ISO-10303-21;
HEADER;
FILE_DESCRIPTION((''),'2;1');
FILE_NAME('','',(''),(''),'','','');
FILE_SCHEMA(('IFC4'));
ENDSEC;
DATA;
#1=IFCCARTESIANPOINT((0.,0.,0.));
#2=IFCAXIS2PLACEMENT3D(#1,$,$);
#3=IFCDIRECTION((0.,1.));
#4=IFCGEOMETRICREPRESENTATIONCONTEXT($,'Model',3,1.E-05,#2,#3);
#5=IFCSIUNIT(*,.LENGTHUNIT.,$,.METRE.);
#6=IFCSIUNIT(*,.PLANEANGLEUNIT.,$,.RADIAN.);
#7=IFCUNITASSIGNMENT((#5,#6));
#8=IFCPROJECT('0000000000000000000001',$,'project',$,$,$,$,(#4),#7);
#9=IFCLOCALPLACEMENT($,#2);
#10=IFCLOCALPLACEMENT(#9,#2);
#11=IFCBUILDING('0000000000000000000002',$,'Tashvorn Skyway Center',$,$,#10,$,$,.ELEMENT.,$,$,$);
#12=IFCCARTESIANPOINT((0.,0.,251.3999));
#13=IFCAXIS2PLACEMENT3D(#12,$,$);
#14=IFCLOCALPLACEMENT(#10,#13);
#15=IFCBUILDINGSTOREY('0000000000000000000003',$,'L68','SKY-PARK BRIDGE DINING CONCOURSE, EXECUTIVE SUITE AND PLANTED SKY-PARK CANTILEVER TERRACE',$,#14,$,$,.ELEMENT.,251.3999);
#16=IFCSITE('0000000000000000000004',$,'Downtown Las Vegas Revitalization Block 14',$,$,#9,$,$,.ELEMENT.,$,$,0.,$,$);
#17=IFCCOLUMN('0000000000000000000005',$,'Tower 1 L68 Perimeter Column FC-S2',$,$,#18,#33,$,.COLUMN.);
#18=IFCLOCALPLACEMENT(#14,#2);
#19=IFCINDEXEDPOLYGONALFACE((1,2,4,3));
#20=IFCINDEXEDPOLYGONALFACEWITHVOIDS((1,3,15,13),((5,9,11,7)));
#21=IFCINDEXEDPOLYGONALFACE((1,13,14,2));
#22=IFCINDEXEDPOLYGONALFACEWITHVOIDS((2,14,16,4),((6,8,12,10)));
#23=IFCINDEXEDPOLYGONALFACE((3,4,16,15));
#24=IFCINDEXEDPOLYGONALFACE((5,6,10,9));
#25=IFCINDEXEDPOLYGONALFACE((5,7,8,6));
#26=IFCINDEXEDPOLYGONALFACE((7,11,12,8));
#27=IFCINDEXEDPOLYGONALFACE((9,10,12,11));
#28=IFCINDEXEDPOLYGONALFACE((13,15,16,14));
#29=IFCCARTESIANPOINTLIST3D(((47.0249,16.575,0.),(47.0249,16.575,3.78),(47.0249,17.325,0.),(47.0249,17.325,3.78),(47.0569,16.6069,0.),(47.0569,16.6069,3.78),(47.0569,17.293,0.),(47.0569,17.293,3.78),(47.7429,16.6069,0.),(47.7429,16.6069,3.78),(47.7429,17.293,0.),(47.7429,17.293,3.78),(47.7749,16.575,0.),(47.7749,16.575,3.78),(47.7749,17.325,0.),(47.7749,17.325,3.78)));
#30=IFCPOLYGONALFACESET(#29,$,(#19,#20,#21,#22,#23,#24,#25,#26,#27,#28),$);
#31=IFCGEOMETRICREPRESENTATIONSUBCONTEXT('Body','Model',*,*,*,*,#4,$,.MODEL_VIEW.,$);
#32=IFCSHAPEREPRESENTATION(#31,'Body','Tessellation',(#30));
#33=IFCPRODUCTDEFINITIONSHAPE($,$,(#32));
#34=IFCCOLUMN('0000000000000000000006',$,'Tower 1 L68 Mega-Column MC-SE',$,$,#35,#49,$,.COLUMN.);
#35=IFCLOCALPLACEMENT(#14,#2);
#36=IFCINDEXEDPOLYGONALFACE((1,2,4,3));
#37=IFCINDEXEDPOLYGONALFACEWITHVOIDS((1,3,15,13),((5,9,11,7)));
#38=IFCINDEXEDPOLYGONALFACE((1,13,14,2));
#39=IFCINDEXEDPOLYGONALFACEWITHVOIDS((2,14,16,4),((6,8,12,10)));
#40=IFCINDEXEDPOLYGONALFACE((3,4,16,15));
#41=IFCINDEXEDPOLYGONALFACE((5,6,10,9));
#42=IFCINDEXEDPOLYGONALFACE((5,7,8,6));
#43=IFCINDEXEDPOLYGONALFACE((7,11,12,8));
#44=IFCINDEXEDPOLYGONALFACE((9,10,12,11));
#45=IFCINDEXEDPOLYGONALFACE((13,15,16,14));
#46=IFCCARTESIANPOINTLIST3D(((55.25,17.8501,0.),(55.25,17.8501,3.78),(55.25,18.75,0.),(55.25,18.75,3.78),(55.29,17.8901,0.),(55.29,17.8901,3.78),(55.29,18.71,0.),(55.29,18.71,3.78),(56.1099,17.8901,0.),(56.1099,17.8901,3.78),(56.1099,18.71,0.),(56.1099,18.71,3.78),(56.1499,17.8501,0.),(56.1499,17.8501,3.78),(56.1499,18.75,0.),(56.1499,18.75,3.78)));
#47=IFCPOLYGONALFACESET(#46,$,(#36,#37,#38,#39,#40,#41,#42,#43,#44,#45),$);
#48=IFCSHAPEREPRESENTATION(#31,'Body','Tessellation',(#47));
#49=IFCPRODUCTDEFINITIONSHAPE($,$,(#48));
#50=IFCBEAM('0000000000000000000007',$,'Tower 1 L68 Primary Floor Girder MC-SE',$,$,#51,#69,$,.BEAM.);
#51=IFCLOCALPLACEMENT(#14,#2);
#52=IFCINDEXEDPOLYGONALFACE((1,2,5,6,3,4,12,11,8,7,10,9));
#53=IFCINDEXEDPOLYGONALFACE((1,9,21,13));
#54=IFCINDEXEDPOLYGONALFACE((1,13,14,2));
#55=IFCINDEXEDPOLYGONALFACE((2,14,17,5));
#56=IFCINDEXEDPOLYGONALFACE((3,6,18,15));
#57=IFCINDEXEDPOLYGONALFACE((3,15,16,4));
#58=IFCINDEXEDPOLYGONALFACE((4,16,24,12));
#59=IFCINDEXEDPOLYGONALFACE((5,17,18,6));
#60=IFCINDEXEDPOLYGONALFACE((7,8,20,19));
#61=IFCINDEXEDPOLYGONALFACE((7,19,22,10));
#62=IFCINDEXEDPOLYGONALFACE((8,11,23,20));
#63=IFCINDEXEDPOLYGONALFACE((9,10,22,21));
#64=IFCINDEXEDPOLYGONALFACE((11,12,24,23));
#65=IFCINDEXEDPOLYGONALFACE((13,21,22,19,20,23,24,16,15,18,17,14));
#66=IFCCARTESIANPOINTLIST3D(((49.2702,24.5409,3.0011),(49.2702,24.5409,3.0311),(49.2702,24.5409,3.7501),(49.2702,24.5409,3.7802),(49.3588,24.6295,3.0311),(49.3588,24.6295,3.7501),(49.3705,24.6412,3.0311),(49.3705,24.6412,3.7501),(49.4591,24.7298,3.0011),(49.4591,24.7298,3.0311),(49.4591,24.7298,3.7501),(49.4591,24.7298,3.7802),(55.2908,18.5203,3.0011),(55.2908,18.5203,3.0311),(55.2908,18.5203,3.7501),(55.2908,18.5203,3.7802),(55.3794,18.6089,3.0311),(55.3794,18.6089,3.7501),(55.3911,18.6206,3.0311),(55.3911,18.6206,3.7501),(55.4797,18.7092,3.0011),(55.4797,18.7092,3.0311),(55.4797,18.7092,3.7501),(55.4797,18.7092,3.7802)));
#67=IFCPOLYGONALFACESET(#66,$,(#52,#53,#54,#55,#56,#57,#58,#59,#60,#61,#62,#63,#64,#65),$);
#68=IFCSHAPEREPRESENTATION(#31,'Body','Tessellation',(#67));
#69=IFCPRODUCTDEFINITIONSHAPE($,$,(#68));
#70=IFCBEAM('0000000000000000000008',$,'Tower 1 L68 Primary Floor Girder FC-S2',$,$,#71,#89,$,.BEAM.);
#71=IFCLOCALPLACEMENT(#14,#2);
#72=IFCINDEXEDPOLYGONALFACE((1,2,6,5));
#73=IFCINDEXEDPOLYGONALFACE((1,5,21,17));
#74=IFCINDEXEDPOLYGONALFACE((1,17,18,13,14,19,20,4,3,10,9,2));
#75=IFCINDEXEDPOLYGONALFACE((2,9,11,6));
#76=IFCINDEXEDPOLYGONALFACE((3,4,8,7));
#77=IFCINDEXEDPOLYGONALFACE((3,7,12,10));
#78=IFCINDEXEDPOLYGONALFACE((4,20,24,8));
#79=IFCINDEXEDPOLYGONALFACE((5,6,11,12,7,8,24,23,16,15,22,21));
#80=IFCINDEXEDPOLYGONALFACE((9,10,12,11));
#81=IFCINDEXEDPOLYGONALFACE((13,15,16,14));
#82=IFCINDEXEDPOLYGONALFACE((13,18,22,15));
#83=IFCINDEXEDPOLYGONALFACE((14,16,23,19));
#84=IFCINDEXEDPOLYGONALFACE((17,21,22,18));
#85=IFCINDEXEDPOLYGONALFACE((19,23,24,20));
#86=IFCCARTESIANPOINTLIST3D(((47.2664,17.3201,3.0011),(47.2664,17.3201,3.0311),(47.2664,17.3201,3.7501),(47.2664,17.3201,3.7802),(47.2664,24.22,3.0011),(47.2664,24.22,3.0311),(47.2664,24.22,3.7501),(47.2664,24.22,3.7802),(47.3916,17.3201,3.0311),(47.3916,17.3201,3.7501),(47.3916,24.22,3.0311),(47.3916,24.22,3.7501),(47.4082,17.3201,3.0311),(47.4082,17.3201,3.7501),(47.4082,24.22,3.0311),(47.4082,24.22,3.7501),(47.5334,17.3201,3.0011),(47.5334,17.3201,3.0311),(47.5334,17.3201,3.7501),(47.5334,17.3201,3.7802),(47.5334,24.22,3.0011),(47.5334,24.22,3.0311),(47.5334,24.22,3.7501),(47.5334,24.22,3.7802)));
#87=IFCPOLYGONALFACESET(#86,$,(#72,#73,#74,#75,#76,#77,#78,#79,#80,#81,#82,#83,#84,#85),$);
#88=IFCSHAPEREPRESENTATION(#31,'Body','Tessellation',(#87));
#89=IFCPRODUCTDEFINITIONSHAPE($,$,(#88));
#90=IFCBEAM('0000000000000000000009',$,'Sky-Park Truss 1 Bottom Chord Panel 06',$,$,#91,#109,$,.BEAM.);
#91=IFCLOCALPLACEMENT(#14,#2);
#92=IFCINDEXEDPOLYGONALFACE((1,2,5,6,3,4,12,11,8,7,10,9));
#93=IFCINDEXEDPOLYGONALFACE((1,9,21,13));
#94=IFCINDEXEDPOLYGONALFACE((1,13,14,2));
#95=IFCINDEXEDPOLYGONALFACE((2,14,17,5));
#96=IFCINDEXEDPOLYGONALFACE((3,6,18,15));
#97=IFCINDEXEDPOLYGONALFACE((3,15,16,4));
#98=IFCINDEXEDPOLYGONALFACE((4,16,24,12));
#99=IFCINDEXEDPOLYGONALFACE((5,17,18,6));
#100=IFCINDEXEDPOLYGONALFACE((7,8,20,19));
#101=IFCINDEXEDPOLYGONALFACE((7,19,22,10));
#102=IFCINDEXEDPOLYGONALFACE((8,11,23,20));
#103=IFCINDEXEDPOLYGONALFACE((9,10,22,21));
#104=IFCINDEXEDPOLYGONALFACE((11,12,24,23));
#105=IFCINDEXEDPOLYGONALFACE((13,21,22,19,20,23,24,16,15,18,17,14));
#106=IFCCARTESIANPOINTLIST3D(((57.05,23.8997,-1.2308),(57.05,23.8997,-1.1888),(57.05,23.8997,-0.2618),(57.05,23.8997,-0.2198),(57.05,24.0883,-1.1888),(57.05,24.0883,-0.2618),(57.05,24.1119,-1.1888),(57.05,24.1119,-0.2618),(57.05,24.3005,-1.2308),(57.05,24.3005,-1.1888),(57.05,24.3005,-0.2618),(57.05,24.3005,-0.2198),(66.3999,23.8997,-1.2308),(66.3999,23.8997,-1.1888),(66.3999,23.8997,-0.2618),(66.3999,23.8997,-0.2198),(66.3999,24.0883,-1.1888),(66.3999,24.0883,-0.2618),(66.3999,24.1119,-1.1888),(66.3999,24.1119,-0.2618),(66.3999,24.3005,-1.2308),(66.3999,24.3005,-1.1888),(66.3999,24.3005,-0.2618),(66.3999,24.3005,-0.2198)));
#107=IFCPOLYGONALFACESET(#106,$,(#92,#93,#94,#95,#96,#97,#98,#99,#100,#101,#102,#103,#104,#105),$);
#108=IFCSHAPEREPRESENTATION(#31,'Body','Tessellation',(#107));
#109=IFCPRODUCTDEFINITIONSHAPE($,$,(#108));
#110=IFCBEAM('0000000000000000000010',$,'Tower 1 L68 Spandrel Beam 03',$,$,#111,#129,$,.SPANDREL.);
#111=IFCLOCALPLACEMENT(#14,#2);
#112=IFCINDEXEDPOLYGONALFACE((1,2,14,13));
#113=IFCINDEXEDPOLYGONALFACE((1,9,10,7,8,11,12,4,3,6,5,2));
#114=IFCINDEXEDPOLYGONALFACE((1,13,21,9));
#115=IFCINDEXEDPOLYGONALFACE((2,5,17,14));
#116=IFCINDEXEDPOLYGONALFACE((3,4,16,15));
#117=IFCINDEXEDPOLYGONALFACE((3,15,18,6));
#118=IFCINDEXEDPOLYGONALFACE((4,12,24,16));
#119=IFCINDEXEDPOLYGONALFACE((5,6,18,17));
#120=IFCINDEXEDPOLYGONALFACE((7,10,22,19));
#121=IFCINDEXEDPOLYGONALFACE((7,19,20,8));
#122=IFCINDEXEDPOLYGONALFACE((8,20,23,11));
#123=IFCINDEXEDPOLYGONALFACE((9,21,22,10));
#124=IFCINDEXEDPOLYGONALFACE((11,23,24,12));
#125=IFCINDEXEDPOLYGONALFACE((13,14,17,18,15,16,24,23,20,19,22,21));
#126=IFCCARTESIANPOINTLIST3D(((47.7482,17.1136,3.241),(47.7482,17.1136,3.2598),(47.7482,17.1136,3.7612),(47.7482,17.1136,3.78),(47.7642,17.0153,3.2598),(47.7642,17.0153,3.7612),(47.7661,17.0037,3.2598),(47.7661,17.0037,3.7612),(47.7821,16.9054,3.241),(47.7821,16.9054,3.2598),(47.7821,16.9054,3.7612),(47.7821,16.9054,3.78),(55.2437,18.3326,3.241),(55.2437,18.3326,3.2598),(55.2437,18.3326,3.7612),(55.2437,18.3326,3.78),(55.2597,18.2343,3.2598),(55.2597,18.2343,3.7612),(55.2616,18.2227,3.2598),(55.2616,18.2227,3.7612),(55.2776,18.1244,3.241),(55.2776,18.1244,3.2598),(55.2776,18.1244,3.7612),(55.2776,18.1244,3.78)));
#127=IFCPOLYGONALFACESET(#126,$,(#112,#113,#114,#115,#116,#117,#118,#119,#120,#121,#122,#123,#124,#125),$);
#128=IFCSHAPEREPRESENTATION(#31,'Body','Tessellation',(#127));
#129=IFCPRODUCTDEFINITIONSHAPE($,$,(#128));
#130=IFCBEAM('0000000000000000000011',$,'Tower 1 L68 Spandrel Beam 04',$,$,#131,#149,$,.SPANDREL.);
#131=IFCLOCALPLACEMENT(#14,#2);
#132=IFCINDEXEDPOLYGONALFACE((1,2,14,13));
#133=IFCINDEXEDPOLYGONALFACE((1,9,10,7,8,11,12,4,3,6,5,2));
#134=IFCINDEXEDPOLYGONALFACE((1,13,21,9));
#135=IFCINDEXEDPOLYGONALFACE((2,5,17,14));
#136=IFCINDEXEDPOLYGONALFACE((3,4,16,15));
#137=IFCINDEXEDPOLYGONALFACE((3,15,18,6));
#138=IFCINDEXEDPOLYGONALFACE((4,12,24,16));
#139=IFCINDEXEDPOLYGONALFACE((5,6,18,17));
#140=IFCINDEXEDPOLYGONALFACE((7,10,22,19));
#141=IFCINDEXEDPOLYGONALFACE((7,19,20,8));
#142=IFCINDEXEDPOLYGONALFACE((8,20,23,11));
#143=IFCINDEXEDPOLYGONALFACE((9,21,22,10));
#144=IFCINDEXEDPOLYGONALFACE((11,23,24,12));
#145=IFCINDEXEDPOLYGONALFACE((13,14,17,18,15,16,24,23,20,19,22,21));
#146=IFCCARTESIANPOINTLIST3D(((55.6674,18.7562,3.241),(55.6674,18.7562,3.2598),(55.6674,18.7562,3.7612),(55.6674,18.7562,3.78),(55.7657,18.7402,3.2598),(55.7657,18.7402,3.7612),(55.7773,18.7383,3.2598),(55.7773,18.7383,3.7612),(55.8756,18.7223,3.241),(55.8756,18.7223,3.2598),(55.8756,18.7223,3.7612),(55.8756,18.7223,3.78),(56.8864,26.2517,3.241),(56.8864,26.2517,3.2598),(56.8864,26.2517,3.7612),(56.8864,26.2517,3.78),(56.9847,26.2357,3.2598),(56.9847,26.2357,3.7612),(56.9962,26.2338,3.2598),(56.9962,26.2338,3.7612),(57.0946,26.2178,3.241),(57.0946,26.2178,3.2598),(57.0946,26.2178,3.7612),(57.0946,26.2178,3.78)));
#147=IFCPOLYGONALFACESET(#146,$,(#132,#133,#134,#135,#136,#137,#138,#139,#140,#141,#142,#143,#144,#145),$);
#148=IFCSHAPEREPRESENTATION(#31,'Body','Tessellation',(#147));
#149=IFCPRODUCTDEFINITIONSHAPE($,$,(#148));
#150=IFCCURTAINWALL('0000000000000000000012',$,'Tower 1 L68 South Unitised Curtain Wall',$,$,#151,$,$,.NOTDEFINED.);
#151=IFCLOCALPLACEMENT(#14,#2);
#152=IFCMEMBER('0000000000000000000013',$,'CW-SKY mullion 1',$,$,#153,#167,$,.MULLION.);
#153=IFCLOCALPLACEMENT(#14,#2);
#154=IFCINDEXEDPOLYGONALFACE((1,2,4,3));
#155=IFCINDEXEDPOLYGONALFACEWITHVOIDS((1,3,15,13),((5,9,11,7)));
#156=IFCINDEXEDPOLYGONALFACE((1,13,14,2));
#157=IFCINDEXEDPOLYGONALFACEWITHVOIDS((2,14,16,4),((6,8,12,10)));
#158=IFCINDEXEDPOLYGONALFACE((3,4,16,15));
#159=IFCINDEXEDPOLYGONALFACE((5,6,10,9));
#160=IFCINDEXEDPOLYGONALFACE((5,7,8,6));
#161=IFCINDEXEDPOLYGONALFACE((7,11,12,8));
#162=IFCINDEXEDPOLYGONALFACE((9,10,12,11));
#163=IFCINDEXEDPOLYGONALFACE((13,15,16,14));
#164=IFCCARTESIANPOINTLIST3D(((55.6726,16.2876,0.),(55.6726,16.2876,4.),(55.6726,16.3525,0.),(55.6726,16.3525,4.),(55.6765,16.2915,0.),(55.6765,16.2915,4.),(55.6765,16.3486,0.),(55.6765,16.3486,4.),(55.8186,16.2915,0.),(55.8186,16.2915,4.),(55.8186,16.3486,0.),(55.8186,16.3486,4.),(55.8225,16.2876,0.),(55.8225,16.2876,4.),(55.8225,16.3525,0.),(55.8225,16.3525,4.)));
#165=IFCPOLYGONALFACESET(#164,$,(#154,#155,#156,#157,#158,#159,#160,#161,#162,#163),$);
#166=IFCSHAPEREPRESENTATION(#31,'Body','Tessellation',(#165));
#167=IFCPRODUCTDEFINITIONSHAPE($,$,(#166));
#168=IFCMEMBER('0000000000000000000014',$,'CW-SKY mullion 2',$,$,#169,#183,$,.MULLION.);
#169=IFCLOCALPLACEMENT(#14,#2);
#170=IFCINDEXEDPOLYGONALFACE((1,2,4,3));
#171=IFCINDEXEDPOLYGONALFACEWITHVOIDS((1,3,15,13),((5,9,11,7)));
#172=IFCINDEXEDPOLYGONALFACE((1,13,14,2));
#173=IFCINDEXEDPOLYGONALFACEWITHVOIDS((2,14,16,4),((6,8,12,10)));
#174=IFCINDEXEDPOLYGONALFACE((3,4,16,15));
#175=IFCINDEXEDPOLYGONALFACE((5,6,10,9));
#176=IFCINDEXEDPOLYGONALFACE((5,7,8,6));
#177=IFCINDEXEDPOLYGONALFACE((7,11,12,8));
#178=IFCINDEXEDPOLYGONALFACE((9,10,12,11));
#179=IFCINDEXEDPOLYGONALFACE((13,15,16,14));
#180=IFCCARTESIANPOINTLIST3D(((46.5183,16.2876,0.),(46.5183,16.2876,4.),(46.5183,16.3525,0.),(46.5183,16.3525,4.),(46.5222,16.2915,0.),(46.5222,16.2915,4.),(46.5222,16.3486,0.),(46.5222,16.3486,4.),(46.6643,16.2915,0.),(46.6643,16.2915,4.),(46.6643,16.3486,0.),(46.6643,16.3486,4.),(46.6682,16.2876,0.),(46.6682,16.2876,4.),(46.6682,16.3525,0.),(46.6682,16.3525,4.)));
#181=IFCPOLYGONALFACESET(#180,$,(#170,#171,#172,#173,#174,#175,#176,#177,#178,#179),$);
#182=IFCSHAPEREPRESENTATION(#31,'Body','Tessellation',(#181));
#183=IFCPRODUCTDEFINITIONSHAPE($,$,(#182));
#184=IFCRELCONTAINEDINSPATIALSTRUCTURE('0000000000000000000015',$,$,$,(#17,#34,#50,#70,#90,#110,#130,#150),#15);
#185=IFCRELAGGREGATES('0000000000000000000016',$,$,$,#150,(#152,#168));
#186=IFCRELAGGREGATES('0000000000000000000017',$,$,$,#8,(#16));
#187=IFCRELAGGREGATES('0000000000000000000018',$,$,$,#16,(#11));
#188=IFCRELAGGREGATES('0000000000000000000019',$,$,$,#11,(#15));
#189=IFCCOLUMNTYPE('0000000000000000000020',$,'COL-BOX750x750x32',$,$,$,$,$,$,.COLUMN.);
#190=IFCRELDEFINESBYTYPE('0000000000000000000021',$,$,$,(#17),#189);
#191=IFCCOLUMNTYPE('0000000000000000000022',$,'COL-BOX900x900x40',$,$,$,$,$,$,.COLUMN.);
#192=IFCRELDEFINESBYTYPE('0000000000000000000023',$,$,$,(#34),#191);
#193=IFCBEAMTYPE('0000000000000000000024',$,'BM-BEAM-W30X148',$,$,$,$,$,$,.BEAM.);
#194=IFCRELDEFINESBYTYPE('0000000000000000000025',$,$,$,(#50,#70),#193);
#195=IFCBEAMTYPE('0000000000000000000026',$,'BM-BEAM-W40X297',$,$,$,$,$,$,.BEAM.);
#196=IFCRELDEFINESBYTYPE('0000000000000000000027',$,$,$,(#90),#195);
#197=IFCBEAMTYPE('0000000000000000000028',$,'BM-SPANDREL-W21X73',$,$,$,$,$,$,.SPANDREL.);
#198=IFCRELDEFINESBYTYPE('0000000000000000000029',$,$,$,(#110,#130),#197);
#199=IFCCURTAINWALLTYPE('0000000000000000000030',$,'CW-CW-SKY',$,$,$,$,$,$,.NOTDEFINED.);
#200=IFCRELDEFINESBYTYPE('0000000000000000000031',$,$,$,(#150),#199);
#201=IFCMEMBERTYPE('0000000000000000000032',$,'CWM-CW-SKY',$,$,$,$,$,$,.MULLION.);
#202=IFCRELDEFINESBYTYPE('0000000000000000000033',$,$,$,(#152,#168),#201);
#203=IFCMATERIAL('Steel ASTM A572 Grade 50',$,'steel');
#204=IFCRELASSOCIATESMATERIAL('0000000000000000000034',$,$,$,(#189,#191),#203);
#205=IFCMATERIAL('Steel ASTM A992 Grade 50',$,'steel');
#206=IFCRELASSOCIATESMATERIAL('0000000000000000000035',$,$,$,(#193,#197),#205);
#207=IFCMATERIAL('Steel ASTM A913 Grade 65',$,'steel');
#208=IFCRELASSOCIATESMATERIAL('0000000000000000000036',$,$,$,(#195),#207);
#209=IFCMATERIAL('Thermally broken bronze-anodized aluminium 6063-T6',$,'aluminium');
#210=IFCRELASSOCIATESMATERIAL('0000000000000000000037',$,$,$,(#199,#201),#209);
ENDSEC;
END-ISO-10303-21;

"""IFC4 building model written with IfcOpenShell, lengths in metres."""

from ifc_helpers import new_model, si_unit, direction, frame, origin, origin_2d, place, context, subcontext, project, spatial, hollow_rectangle, i_section, extrude, material, material_profile, profile_set, type_object, element, aggregate, save


model = new_model("IFC4")

# Units and contexts
model_context = context("Model", 3, precision=1e-05, world=origin(), true_north=direction((0.0, 1.0)))
body_context = subcontext(model_context, "Body", "Model", "MODEL_VIEW")
ifc_project = project(units=[si_unit("LENGTHUNIT", "METRE"), si_unit("PLANEANGLEUNIT", "RADIAN")], contexts=[model_context])

# Site, building, storey
site_placement = place(None, origin())
site = spatial("IfcSite", under=ifc_project, at=site_placement, Name="Downtown Las Vegas Revitalization Block 14", CompositionType="ELEMENT", RefElevation=0.0)
building_placement = place(site_placement, origin())
building = spatial("IfcBuilding", under=site, at=building_placement, Name="Tashvorn Skyway Center", CompositionType="ELEMENT")
storey_placement = place(building_placement, frame((0.0, 0.0, 251.3999)))
storey = spatial("IfcBuildingStorey", under=building, at=storey_placement, Name="L68", Description="SKY-PARK BRIDGE DINING CONCOURSE, EXECUTIVE SUITE AND PLANTED SKY-PARK CANTILEVER TERRACE", CompositionType="ELEMENT", Elevation=251.3999)

# Columns
ifc_material_1 = material(Name="Steel ASTM A572 Grade 50", Category="steel")
ifc_material_profile_1 = material_profile(ifc_material_1, hollow_rectangle(XDim=0.75, YDim=0.75, WallThickness=0.032, at=origin_2d()), Name="BOX750x750x32")
ifc_profile_set_1 = profile_set([ifc_material_profile_1], Name="Steel ASTM A572 Grade 50")
column_type_1 = type_object("IfcColumnType", Name="COL-BOX750x750x32", PredefinedType="COLUMN", material=ifc_profile_set_1)
column_1_placement = place(storey_placement, frame((47.3999, 16.95, 0.0), z_axis=(0.0, 0.0, 1.0), x_axis=(1.0, 0.0, 0.0)))
element("IfcColumn", 1, at=column_1_placement, inside=storey, type_object=column_type_1, Name="Tower 1 L68 Perimeter Column FC-S2", PredefinedType="COLUMN", context=body_context, shape_type="SweptSolid", body=[
    extrude(hollow_rectangle(XDim=0.75, YDim=0.75, WallThickness=0.032, at=origin_2d()), origin(), (0.0, 0.0, 1.0), 3.78),
])
ifc_material_profile_2 = material_profile(ifc_material_1, hollow_rectangle(XDim=0.8999, YDim=0.8999, WallThickness=0.04, at=origin_2d()), Name="BOX900x900x40")
ifc_profile_set_2 = profile_set([ifc_material_profile_2], Name="Steel ASTM A572 Grade 50")
column_type_2 = type_object("IfcColumnType", Name="COL-BOX900x900x40", PredefinedType="COLUMN", material=ifc_profile_set_2)
column_2_placement = place(storey_placement, frame((55.7, 18.3, 0.0), z_axis=(0.0, 0.0, 1.0), x_axis=(1.0, 0.0, 0.0)))
element("IfcColumn", 2, at=column_2_placement, inside=storey, type_object=column_type_2, Name="Tower 1 L68 Mega-Column MC-SE", PredefinedType="COLUMN", context=body_context, shape_type="SweptSolid", body=[
    extrude(hollow_rectangle(XDim=0.8999, YDim=0.8999, WallThickness=0.04, at=origin_2d()), origin(), (0.0, 0.0, 1.0), 3.78),
])

# Beams
ifc_material_2 = material(Name="Steel ASTM A992 Grade 50", Category="steel")
ifc_material_profile_3 = material_profile(ifc_material_2, i_section(OverallWidth=0.2671, OverallDepth=0.7791, WebThickness=0.0166, FlangeThickness=0.03, at=origin_2d()), Name="W30X148")
ifc_profile_set_3 = profile_set([ifc_material_profile_3], Name="Steel ASTM A992 Grade 50")
beam_type_1 = type_object("IfcBeamType", Name="BM-BEAM-W30X148", PredefinedType="BEAM", material=ifc_profile_set_3)
beam_1_placement = place(storey_placement, frame((55.3853, 18.6147, 3.3906), z_axis=(-0.707107, 0.707107, 0.0), x_axis=(-0.707107, -0.707107, 0.0)))
element("IfcBeam", 3, at=beam_1_placement, inside=storey, type_object=beam_type_1, Name="Tower 1 L68 Primary Floor Girder MC-SE", PredefinedType="BEAM", context=body_context, shape_type="SweptSolid", body=[
    extrude(i_section(OverallWidth=0.2671, OverallDepth=0.7791, WebThickness=0.0166, FlangeThickness=0.03, at=origin_2d()), origin(), (0.0, 0.0, 1.0), 8.5144),
])
beam_2_placement = place(storey_placement, frame((47.3999, 17.3201, 3.3906), z_axis=(0.0, 1.0, 0.0), x_axis=(-1.0, 0.0, 0.0)))
element("IfcBeam", 4, at=beam_2_placement, inside=storey, type_object=beam_type_1, Name="Tower 1 L68 Primary Floor Girder FC-S2", PredefinedType="BEAM", context=body_context, shape_type="SweptSolid", body=[
    extrude(i_section(OverallWidth=0.2671, OverallDepth=0.7791, WebThickness=0.0166, FlangeThickness=0.03, at=origin_2d()), origin(), (0.0, 0.0, 1.0), 6.8999),
])
ifc_material_3 = material(Name="Steel ASTM A913 Grade 65", Category="steel")
ifc_material_profile_4 = material_profile(ifc_material_3, i_section(OverallWidth=0.4009, OverallDepth=1.011, WebThickness=0.0237, FlangeThickness=0.042, at=origin_2d()), Name="W40X297")
ifc_profile_set_4 = profile_set([ifc_material_profile_4], Name="Steel ASTM A913 Grade 65")
beam_type_2 = type_object("IfcBeamType", Name="BM-BEAM-W40X297", PredefinedType="BEAM", material=ifc_profile_set_4)
beam_3_placement = place(storey_placement, frame((57.05, 24.1001, -0.7253), z_axis=(1.0, 0.0, 0.0), x_axis=(0.0, 1.0, 0.0)))
element("IfcBeam", 5, at=beam_3_placement, inside=storey, type_object=beam_type_2, Name="Sky-Park Truss 1 Bottom Chord Panel 06", PredefinedType="BEAM", context=body_context, shape_type="SweptSolid", body=[
    extrude(i_section(OverallWidth=0.4009, OverallDepth=1.011, WebThickness=0.0237, FlangeThickness=0.042, at=origin_2d()), origin(), (0.0, 0.0, 1.0), 9.3499),
])
ifc_material_profile_5 = material_profile(ifc_material_2, i_section(OverallWidth=0.2109, OverallDepth=0.5391, WebThickness=0.0117, FlangeThickness=0.0188, at=origin_2d()), Name="W21X73")
ifc_profile_set_5 = profile_set([ifc_material_profile_5], Name="Steel ASTM A992 Grade 50")
beam_type_3 = type_object("IfcBeamType", Name="BM-SPANDREL-W21X73", PredefinedType="SPANDREL", material=ifc_profile_set_5)
for number, where, z_axis, x_axis, name in (
    (6, (47.7651, 17.0095, 3.5105), (0.987033, 0.160519, 0.0), (-0.160519, 0.987033, 0.0), "Tower 1 L68 Spandrel Beam 03"),
    (7, (55.7715, 18.7393, 3.5105), (0.160519, 0.987033, 0.0), (-0.987033, 0.160519, 0.0), "Tower 1 L68 Spandrel Beam 04"),
):
    element("IfcBeam", number, at=place(storey_placement, frame(where, z_axis=z_axis, x_axis=x_axis)), inside=storey, type_object=beam_type_3, Name=name, PredefinedType="SPANDREL", context=body_context, shape_type="SweptSolid", body=[
        extrude(i_section(OverallWidth=0.2109, OverallDepth=0.5391, WebThickness=0.0117, FlangeThickness=0.0188, at=origin_2d()), origin(), (0.0, 0.0, 1.0), 7.594),
    ])

# Curtain wall, members
ifc_material_4 = material(Name="Thermally broken bronze-anodized aluminium 6063-T6", Category="aluminium")
curtain_wall_type = type_object("IfcCurtainWallType", Name="CW-CW-SKY", PredefinedType="NOTDEFINED", material=ifc_material_4)
curtain_wall_1_placement = place(storey_placement, origin())
curtain_wall_1 = element("IfcCurtainWall", 8, at=curtain_wall_1_placement, inside=storey, type_object=curtain_wall_type, Name="Tower 1 L68 South Unitised Curtain Wall", PredefinedType="NOTDEFINED")
ifc_material_profile_6 = material_profile(ifc_material_4, hollow_rectangle(XDim=0.0649, YDim=0.1499, WallThickness=0.0039, at=origin_2d()), Name="ALU-MULL-65x150")
ifc_profile_set_6 = profile_set([ifc_material_profile_6], Name="Thermally broken bronze-anodized aluminium 6063-T6")
member_type_1 = type_object("IfcMemberType", Name="CWM-CW-SKY", PredefinedType="MULLION", material=ifc_profile_set_6)
member_1_placement = place(storey_placement, frame((55.7476, 16.3201, 0.0), z_axis=(0.0, 0.0, 1.0), x_axis=(0.0, -1.0, 0.0)))
member_1 = element("IfcMember", 9, at=member_1_placement, type_object=member_type_1, Name="CW-SKY mullion 1", PredefinedType="MULLION", context=body_context, shape_type="SweptSolid", body=[
    extrude(hollow_rectangle(XDim=0.0649, YDim=0.1499, WallThickness=0.0039, at=origin_2d()), origin(), (0.0, 0.0, 1.0), 4.0),
])
member_2_placement = place(storey_placement, frame((46.5933, 16.3201, 0.0), z_axis=(0.0, 0.0, 1.0), x_axis=(0.0, -1.0, 0.0)))
member_2 = element("IfcMember", 10, at=member_2_placement, type_object=member_type_1, Name="CW-SKY mullion 2", PredefinedType="MULLION", context=body_context, shape_type="SweptSolid", body=[
    extrude(hollow_rectangle(XDim=0.0649, YDim=0.1499, WallThickness=0.0039, at=origin_2d()), origin(), (0.0, 0.0, 1.0), 4.0),
])

aggregate(curtain_wall_1, [member_1, member_2])

save(model, "model.ifc")
